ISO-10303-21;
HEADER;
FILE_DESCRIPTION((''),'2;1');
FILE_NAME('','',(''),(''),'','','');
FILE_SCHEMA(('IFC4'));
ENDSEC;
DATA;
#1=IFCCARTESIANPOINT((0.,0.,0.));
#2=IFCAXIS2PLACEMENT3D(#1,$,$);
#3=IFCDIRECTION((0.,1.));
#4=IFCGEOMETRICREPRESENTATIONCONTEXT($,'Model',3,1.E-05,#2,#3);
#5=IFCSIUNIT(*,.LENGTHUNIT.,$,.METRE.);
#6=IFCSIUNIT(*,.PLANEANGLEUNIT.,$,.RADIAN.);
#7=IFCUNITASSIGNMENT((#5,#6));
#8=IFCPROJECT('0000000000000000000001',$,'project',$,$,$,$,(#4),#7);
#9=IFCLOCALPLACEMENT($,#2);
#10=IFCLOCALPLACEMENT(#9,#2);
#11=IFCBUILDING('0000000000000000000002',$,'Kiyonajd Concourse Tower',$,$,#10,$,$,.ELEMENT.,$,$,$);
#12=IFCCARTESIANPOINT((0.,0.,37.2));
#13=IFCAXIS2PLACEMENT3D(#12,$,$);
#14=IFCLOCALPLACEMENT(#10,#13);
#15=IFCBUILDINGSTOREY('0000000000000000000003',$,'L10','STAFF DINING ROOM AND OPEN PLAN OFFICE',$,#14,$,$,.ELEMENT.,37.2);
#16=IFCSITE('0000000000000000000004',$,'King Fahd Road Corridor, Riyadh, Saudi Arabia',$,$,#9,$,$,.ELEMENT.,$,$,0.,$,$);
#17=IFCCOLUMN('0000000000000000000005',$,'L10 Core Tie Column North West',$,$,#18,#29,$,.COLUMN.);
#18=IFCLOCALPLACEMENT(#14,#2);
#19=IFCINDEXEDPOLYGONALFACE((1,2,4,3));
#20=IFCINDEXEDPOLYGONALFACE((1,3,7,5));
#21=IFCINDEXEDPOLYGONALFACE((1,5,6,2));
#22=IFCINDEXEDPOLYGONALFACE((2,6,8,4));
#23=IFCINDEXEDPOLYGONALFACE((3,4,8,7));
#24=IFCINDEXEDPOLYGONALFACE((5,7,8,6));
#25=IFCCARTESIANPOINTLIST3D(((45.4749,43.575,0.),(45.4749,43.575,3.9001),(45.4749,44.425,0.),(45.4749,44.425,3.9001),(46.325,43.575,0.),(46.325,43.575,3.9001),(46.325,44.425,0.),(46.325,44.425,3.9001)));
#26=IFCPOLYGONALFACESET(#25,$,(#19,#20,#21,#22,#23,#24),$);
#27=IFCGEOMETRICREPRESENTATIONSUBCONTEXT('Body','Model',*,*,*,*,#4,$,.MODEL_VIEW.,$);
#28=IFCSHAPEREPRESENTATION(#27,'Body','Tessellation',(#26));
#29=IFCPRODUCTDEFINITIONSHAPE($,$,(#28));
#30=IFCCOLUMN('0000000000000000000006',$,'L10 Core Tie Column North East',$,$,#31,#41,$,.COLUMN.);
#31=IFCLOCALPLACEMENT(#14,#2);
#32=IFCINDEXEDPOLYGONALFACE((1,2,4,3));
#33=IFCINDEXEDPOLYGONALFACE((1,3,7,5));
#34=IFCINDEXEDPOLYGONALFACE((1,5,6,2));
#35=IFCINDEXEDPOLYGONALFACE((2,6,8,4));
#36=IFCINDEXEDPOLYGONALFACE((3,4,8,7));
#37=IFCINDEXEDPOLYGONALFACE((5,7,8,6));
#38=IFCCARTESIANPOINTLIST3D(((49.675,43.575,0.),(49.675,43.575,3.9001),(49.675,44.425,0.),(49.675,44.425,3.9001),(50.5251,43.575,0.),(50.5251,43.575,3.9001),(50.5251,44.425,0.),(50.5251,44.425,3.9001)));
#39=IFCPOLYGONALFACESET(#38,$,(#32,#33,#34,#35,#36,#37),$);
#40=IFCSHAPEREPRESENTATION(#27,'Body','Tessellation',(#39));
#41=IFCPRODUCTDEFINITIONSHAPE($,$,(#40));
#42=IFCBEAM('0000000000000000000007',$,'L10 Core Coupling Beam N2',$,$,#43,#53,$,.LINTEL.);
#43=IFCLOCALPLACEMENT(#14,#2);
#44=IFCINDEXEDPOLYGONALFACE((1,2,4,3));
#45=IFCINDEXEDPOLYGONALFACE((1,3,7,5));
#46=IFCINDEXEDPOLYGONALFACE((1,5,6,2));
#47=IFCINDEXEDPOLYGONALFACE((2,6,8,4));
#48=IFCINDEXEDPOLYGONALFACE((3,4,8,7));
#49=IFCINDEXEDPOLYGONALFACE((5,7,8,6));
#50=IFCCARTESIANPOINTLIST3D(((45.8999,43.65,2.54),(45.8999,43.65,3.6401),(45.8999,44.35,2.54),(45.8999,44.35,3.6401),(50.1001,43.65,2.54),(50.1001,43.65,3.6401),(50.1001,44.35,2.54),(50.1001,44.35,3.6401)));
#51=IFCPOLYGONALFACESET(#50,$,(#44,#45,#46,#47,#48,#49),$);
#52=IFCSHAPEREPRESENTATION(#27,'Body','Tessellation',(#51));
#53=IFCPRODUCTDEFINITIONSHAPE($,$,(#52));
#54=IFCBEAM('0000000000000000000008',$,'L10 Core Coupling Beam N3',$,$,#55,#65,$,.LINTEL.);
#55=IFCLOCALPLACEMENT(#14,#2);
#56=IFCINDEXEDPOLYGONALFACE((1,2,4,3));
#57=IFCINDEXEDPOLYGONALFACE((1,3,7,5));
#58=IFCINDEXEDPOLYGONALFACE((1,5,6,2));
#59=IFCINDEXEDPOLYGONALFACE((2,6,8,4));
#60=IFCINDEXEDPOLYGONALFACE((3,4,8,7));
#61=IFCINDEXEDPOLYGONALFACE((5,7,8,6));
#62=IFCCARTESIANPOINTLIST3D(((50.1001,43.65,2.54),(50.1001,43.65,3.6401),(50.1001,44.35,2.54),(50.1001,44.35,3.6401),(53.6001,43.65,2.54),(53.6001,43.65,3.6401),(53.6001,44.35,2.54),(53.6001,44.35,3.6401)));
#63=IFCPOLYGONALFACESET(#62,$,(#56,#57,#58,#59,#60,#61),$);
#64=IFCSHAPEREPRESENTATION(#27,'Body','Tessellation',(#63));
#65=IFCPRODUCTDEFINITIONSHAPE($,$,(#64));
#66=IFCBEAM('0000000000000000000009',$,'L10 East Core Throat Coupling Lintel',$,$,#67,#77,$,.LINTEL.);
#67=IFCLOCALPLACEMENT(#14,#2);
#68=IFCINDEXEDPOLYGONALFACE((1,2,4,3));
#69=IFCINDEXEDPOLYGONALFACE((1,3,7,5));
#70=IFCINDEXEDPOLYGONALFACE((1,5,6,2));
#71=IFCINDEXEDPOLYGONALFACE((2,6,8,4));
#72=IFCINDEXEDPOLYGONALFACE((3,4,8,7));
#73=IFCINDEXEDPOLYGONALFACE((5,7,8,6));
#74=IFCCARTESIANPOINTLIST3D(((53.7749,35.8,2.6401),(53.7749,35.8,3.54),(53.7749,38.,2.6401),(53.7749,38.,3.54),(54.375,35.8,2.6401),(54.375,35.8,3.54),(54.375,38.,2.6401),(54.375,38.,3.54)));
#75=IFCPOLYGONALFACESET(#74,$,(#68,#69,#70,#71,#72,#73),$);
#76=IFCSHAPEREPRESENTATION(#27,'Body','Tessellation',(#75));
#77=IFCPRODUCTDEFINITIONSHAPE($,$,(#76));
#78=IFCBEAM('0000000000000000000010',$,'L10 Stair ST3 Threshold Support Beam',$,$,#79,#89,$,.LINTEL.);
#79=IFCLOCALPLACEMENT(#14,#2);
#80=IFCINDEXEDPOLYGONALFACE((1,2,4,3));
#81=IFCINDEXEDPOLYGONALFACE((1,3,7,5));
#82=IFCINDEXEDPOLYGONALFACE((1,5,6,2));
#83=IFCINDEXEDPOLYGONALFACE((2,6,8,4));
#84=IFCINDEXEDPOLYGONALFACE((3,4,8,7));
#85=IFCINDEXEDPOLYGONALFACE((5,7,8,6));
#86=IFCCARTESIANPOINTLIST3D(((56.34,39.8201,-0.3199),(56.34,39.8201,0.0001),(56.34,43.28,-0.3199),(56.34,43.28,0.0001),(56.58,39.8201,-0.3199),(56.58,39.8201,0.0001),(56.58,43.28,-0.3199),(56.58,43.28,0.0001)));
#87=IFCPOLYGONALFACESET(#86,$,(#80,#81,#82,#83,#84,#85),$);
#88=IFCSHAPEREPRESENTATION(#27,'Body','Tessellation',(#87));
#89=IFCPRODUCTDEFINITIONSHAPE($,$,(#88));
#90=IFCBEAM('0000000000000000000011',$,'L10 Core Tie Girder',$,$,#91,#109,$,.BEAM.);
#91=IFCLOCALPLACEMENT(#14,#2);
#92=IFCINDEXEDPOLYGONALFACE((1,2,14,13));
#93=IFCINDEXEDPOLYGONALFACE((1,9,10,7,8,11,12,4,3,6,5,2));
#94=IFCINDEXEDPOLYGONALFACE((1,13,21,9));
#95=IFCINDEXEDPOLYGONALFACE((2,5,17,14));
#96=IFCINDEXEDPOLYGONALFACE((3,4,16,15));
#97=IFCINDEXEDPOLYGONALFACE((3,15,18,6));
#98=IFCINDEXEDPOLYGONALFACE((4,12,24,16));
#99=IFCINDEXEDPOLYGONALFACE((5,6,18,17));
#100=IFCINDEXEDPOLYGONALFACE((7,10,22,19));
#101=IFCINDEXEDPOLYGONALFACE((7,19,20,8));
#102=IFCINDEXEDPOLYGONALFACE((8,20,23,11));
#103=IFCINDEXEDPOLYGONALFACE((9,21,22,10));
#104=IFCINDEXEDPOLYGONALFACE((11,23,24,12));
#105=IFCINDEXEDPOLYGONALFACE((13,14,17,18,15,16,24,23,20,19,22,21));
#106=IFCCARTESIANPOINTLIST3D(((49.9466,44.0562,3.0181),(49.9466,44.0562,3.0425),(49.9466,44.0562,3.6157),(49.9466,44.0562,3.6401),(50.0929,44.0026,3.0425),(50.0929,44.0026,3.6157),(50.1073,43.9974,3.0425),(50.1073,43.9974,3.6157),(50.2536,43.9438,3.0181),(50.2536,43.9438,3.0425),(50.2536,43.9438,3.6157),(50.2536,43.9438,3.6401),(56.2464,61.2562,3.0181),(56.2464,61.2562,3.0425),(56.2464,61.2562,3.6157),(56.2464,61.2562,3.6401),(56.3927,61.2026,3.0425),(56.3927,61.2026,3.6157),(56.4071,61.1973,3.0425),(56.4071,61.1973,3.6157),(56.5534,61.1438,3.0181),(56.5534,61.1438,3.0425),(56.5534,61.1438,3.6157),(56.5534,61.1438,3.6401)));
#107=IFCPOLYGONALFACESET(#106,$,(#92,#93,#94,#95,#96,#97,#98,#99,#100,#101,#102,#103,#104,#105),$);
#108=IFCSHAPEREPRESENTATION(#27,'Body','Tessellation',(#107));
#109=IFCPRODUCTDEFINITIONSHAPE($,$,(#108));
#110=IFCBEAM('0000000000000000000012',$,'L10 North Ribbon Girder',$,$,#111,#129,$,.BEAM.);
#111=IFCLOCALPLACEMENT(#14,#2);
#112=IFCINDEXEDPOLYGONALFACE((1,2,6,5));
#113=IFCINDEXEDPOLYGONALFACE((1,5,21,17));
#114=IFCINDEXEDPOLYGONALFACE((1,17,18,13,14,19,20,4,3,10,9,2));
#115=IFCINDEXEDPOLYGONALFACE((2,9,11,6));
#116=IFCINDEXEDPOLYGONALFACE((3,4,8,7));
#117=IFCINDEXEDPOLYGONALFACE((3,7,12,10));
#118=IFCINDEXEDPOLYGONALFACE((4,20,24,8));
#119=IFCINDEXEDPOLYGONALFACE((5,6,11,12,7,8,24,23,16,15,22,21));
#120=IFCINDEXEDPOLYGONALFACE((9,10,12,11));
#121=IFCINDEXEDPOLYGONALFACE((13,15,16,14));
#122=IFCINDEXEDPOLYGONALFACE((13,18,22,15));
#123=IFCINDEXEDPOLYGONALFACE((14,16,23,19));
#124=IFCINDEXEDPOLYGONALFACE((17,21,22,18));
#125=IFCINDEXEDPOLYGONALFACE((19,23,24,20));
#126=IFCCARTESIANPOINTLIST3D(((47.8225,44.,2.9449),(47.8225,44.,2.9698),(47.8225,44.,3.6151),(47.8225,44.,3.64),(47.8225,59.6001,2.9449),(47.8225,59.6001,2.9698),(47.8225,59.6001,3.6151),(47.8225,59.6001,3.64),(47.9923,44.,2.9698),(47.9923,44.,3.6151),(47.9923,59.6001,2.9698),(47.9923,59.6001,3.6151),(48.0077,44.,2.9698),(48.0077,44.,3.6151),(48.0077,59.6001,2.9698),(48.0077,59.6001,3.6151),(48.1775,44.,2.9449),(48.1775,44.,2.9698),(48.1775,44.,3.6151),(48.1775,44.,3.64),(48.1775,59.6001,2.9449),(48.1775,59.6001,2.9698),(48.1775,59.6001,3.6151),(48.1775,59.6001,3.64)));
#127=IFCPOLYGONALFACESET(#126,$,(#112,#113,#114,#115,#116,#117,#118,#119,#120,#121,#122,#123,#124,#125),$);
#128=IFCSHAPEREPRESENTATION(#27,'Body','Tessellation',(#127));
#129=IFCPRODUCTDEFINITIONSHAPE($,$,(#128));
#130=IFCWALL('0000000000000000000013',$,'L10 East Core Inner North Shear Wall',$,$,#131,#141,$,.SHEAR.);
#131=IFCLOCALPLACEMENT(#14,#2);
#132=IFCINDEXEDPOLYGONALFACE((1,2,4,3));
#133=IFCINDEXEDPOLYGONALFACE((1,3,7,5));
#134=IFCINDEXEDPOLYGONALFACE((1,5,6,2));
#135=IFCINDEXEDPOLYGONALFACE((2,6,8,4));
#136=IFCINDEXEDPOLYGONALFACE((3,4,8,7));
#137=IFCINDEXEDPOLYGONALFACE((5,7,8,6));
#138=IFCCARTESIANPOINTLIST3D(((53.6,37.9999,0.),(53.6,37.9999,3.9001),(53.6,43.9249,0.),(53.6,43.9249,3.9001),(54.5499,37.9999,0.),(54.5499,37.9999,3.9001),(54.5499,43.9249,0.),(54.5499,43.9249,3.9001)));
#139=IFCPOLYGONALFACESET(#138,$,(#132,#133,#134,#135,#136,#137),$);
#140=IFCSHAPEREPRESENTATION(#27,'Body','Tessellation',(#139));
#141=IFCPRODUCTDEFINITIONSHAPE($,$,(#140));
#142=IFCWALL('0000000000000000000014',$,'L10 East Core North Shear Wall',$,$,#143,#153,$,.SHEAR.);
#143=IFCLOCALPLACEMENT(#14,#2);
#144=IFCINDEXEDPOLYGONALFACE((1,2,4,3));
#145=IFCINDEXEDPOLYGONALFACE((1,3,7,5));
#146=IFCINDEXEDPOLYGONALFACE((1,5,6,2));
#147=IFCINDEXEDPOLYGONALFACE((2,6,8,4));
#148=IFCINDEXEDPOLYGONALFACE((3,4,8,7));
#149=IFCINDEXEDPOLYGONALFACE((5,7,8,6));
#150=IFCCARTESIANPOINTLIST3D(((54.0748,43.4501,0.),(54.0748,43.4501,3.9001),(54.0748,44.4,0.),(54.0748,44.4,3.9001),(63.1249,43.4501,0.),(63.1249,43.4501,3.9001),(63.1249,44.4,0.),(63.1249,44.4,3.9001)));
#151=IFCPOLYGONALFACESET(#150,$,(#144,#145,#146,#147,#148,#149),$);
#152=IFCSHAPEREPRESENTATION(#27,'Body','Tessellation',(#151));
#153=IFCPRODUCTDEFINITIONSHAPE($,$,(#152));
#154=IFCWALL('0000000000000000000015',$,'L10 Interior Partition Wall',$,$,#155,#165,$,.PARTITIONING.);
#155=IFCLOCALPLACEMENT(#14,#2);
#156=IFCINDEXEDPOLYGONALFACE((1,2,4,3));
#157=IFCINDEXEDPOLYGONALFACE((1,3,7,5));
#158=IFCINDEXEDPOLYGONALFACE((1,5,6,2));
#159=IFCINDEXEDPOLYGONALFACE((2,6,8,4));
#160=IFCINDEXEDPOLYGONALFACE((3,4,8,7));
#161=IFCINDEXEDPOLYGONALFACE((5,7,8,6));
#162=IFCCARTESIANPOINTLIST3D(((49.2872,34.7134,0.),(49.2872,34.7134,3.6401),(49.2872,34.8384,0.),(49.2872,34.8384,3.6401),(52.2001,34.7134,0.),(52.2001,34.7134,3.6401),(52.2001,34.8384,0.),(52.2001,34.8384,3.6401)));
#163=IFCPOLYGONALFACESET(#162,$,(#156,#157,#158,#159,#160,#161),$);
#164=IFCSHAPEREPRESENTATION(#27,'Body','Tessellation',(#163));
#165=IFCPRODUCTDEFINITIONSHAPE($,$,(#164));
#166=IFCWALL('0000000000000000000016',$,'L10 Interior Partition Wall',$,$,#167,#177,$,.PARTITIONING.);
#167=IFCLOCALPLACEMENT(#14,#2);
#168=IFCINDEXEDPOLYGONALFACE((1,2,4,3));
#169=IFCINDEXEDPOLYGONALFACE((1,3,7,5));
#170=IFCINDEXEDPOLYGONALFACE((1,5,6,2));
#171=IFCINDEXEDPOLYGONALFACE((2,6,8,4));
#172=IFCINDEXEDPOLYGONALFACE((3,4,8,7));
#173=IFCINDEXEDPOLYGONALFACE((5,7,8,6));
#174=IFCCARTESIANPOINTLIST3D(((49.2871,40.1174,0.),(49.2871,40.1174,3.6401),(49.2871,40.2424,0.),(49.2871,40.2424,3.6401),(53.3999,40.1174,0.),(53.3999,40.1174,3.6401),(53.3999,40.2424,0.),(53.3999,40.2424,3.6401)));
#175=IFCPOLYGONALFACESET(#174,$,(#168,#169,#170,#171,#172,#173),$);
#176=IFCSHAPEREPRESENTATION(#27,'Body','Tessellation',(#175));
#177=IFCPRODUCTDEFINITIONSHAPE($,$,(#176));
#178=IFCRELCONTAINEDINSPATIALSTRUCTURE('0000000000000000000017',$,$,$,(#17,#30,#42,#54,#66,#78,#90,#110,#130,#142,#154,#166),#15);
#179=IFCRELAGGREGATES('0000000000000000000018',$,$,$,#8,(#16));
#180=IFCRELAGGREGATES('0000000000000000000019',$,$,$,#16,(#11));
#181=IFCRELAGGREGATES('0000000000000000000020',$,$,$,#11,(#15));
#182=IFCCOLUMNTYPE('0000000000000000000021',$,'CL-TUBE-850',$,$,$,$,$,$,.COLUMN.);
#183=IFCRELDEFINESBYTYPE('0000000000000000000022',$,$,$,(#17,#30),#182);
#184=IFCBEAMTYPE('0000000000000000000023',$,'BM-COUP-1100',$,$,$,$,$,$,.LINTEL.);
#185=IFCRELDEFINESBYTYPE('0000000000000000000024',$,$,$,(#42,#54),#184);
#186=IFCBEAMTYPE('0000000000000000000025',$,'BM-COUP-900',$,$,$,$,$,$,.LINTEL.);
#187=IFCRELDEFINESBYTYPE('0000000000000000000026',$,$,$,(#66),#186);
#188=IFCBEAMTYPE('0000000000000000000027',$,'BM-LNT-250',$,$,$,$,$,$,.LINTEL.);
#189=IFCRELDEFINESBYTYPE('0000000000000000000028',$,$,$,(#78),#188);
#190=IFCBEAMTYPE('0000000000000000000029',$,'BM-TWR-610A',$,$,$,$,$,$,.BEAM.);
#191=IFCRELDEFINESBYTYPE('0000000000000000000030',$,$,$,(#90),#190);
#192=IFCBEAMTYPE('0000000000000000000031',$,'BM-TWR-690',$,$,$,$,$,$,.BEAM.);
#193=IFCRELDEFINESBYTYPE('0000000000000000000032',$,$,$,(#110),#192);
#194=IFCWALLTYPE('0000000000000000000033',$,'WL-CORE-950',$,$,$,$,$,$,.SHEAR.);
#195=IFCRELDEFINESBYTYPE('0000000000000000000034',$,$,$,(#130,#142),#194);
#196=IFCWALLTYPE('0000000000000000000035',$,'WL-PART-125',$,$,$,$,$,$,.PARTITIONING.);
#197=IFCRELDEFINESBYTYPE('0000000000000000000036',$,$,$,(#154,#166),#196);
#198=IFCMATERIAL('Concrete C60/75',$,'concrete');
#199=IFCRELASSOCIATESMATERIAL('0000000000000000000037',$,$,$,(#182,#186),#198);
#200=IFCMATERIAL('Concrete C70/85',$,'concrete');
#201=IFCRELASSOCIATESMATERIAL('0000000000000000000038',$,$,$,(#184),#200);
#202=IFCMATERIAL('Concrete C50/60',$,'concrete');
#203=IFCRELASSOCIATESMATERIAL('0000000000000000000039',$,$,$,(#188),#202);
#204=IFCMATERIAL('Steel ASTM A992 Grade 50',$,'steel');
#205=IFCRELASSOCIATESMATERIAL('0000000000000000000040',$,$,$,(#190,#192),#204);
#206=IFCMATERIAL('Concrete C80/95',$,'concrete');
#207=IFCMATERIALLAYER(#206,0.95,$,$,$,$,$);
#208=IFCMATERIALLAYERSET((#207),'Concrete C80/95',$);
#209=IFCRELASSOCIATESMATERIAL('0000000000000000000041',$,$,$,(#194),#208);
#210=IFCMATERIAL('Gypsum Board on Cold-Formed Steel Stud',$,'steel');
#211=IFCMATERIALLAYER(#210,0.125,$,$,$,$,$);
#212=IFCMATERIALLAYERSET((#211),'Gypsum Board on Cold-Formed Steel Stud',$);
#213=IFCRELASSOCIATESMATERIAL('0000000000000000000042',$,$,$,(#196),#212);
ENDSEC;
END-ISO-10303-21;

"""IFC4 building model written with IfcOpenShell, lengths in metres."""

from ifc_helpers import new_model, si_unit, direction, frame, frame_2d, origin, origin_2d, place, context, subcontext, project, spatial, rectangle, i_section, extrude, material, layer, layer_set, material_profile, profile_set, type_object, element, save


model = new_model("IFC4")

# Units and contexts
model_context = context("Model", 3, precision=1e-05, world=origin(), true_north=direction((0.0, 1.0)))
body_context = subcontext(model_context, "Body", "Model", "MODEL_VIEW")
ifc_project = project(units=[si_unit("LENGTHUNIT", "METRE"), si_unit("PLANEANGLEUNIT", "RADIAN")], contexts=[model_context])

# Site, building, storey
site_placement = place(None, origin())
site = spatial("IfcSite", under=ifc_project, at=site_placement, Name="King Fahd Road Corridor, Riyadh, Saudi Arabia", CompositionType="ELEMENT", RefElevation=0.0)
building_placement = place(site_placement, origin())
building = spatial("IfcBuilding", under=site, at=building_placement, Name="Kiyonajd Concourse Tower", CompositionType="ELEMENT")
storey_placement = place(building_placement, frame((0.0, 0.0, 37.2)))
storey = spatial("IfcBuildingStorey", under=building, at=storey_placement, Name="L10", Description="STAFF DINING ROOM AND OPEN PLAN OFFICE", CompositionType="ELEMENT", Elevation=37.2)

# Columns
ifc_material_1 = material(Name="Concrete C60/75", Category="concrete")
ifc_material_profile_1 = material_profile(ifc_material_1, rectangle(XDim=0.8501, YDim=0.8501, at=origin_2d()), Name="RC-850x850")
ifc_profile_set_1 = profile_set([ifc_material_profile_1], Name="Concrete C60/75")
column_type = type_object("IfcColumnType", Name="CL-TUBE-850", PredefinedType="COLUMN", material=ifc_profile_set_1)
for number, where, z_axis, x_axis, name in (
    (1, (45.8999, 44.0, 0.0), (0.0, 0.0, 1.0), (1.0, 0.0, 0.0), "L10 Core Tie Column North West"),
    (2, (50.1001, 44.0, 0.0), (0.0, 0.0, 1.0), (1.0, 0.0, 0.0), "L10 Core Tie Column North East"),
):
    element("IfcColumn", number, at=place(storey_placement, frame(where, z_axis=z_axis, x_axis=x_axis)), inside=storey, type_object=column_type, Name=name, PredefinedType="COLUMN", context=body_context, shape_type="SweptSolid", body=[
        extrude(rectangle(XDim=0.8501, YDim=0.8501, at=origin_2d()), origin(), (0.0, 0.0, 1.0), 3.9001),
    ])

# Beams
ifc_material_2 = material(Name="Concrete C70/85", Category="concrete")
ifc_material_profile_2 = material_profile(ifc_material_2, rectangle(XDim=0.7, YDim=1.1001, at=origin_2d()), Name="RCBM-700x1100")
ifc_profile_set_2 = profile_set([ifc_material_profile_2], Name="Concrete C70/85")
beam_type_1 = type_object("IfcBeamType", Name="BM-COUP-1100", PredefinedType="LINTEL", material=ifc_profile_set_2)
beam_1_placement = place(storey_placement, frame((45.8999, 44.0, 3.0901), z_axis=(1.0, 0.0, 0.0), x_axis=(0.0, 1.0, 0.0)))
element("IfcBeam", 3, at=beam_1_placement, inside=storey, type_object=beam_type_1, Name="L10 Core Coupling Beam N2", PredefinedType="LINTEL", context=body_context, shape_type="SweptSolid", body=[
    extrude(rectangle(XDim=0.7, YDim=1.1001, at=origin_2d()), origin(), (0.0, 0.0, 1.0), 4.2002),
])
beam_2_placement = place(storey_placement, frame((50.1001, 44.0, 3.0901), z_axis=(1.0, 0.0, 0.0), x_axis=(0.0, 1.0, 0.0)))
element("IfcBeam", 4, at=beam_2_placement, inside=storey, type_object=beam_type_1, Name="L10 Core Coupling Beam N3", PredefinedType="LINTEL", context=body_context, shape_type="SweptSolid", body=[
    extrude(rectangle(XDim=0.7, YDim=1.1001, at=origin_2d()), origin(), (0.0, 0.0, 1.0), 3.5),
])
ifc_material_profile_3 = material_profile(ifc_material_1, rectangle(XDim=0.6001, YDim=0.8999, at=origin_2d()), Name="RCBM-600x900")
ifc_profile_set_3 = profile_set([ifc_material_profile_3], Name="Concrete C60/75")
beam_type_2 = type_object("IfcBeamType", Name="BM-COUP-900", PredefinedType="LINTEL", material=ifc_profile_set_3)
beam_3_placement = place(storey_placement, frame((54.075, 35.8, 3.0901), z_axis=(0.0, 1.0, 0.0), x_axis=(-1.0, 0.0, 0.0)))
element("IfcBeam", 5, at=beam_3_placement, inside=storey, type_object=beam_type_2, Name="L10 East Core Throat Coupling Lintel", PredefinedType="LINTEL", context=body_context, shape_type="SweptSolid", body=[
    extrude(rectangle(XDim=0.6001, YDim=0.8999, at=origin_2d()), origin(), (0.0, 0.0, 1.0), 2.2),
])
ifc_material_3 = material(Name="Concrete C50/60", Category="concrete")
ifc_material_profile_4 = material_profile(ifc_material_3, rectangle(XDim=0.24, YDim=0.3201, at=origin_2d()), Name="RCBM-240x320")
ifc_profile_set_4 = profile_set([ifc_material_profile_4], Name="Concrete C50/60")
beam_type_3 = type_object("IfcBeamType", Name="BM-LNT-250", PredefinedType="LINTEL", material=ifc_profile_set_4)
beam_4_placement = place(storey_placement, frame((56.46, 39.8201, -0.1599), z_axis=(0.0, 1.0, 0.0), x_axis=(-1.0, 0.0, 0.0)))
element("IfcBeam", 6, at=beam_4_placement, inside=storey, type_object=beam_type_3, Name="L10 Stair ST3 Threshold Support Beam", PredefinedType="LINTEL", context=body_context, shape_type="SweptSolid", body=[
    extrude(rectangle(XDim=0.24, YDim=0.3201, at=origin_2d()), origin(), (0.0, 0.0, 1.0), 3.46),
])
ifc_material_4 = material(Name="Steel ASTM A992 Grade 50", Category="steel")
ifc_material_profile_5 = material_profile(ifc_material_4, i_section(OverallWidth=0.3269, OverallDepth=0.6221, WebThickness=0.0154, FlangeThickness=0.0244, at=origin_2d()), Name="W610X195")
ifc_profile_set_5 = profile_set([ifc_material_profile_5], Name="Steel ASTM A992 Grade 50")
beam_type_4 = type_object("IfcBeamType", Name="BM-TWR-610A", PredefinedType="BEAM", material=ifc_profile_set_5)
beam_5_placement = place(storey_placement, frame((50.1001, 44.0, 3.3291), z_axis=(0.343925, 0.938997, 0.0), x_axis=(-0.938997, 0.343925, 0.0)))
element("IfcBeam", 7, at=beam_5_placement, inside=storey, type_object=beam_type_4, Name="L10 Core Tie Girder", PredefinedType="BEAM", context=body_context, shape_type="SweptSolid", body=[
    extrude(i_section(OverallWidth=0.3269, OverallDepth=0.6221, WebThickness=0.0154, FlangeThickness=0.0244, at=origin_2d()), origin(), (0.0, 0.0, 1.0), 18.3174),
])
ifc_material_profile_6 = material_profile(ifc_material_4, i_section(OverallWidth=0.355, OverallDepth=0.6951, WebThickness=0.0154, FlangeThickness=0.0249, at=origin_2d()), Name="W690X217")
ifc_profile_set_6 = profile_set([ifc_material_profile_6], Name="Steel ASTM A992 Grade 50")
beam_type_5 = type_object("IfcBeamType", Name="BM-TWR-690", PredefinedType="BEAM", material=ifc_profile_set_6)
beam_6_placement = place(storey_placement, frame((48.0, 44.0, 3.2925), z_axis=(0.0, 1.0, 0.0), x_axis=(-1.0, 0.0, 0.0)))
element("IfcBeam", 8, at=beam_6_placement, inside=storey, type_object=beam_type_5, Name="L10 North Ribbon Girder", PredefinedType="BEAM", context=body_context, shape_type="SweptSolid", body=[
    extrude(i_section(OverallWidth=0.355, OverallDepth=0.6951, WebThickness=0.0154, FlangeThickness=0.0249, at=origin_2d()), origin(), (0.0, 0.0, 1.0), 15.6001),
])

# Walls
ifc_material_5 = material(Name="Concrete C80/95", Category="concrete")
ifc_layer_1 = layer(ifc_material_5, 0.95)
ifc_layer_set_1 = layer_set([ifc_layer_1], Name="Concrete C80/95")
wall_type_1 = type_object("IfcWallType", Name="WL-CORE-950", PredefinedType="SHEAR", material=ifc_layer_set_1)
wall_1_placement = place(storey_placement, frame((54.075, 38.0, 0.0), z_axis=(0.0, 0.0, 1.0), x_axis=(0.0, 1.0, 0.0)))
element("IfcWall", 9, at=wall_1_placement, inside=storey, type_object=wall_type_1, Name="L10 East Core Inner North Shear Wall", PredefinedType="SHEAR", context=body_context, shape_type="SweptSolid", body=[
    extrude(rectangle(XDim=5.925, YDim=0.95, at=frame_2d((2.9624, 0.0))), origin(), (0.0, 0.0, 1.0), 3.9001),
])
wall_2_placement = place(storey_placement, frame((54.075, 43.925, 0.0), z_axis=(0.0, 0.0, 1.0), x_axis=(1.0, 0.0, 0.0)))
element("IfcWall", 10, at=wall_2_placement, inside=storey, type_object=wall_type_1, Name="L10 East Core North Shear Wall", PredefinedType="SHEAR", context=body_context, shape_type="SweptSolid", body=[
    extrude(rectangle(XDim=9.05, YDim=0.95, at=frame_2d((4.5249, 0.0))), origin(), (0.0, 0.0, 1.0), 3.9001),
])
ifc_material_6 = material(Name="Gypsum Board on Cold-Formed Steel Stud", Category="steel")
ifc_layer_2 = layer(ifc_material_6, 0.125)
ifc_layer_set_2 = layer_set([ifc_layer_2], Name="Gypsum Board on Cold-Formed Steel Stud")
wall_type_2 = type_object("IfcWallType", Name="WL-PART-125", PredefinedType="PARTITIONING", material=ifc_layer_set_2)
wall_3_placement = place(storey_placement, frame((49.2871, 34.7759, 0.0), z_axis=(0.0, 0.0, 1.0), x_axis=(1.0, 0.0, 0.0)))
element("IfcWall", 11, at=wall_3_placement, inside=storey, type_object=wall_type_2, Name="L10 Interior Partition Wall", PredefinedType="PARTITIONING", context=body_context, shape_type="SweptSolid", body=[
    extrude(rectangle(XDim=2.9128, YDim=0.125, at=frame_2d((1.4565, 0.0))), origin(), (0.0, 0.0, 1.0), 3.6401),
])
wall_4_placement = place(storey_placement, frame((49.2871, 40.1799, 0.0), z_axis=(0.0, 0.0, 1.0), x_axis=(1.0, 0.0, 0.0)))
element("IfcWall", 12, at=wall_4_placement, inside=storey, type_object=wall_type_2, Name="L10 Interior Partition Wall", PredefinedType="PARTITIONING", context=body_context, shape_type="SweptSolid", body=[
    extrude(rectangle(XDim=4.1128, YDim=0.125, at=frame_2d((2.0564, 0.0))), origin(), (0.0, 0.0, 1.0), 3.6401),
])

save(model, "model.ifc")
